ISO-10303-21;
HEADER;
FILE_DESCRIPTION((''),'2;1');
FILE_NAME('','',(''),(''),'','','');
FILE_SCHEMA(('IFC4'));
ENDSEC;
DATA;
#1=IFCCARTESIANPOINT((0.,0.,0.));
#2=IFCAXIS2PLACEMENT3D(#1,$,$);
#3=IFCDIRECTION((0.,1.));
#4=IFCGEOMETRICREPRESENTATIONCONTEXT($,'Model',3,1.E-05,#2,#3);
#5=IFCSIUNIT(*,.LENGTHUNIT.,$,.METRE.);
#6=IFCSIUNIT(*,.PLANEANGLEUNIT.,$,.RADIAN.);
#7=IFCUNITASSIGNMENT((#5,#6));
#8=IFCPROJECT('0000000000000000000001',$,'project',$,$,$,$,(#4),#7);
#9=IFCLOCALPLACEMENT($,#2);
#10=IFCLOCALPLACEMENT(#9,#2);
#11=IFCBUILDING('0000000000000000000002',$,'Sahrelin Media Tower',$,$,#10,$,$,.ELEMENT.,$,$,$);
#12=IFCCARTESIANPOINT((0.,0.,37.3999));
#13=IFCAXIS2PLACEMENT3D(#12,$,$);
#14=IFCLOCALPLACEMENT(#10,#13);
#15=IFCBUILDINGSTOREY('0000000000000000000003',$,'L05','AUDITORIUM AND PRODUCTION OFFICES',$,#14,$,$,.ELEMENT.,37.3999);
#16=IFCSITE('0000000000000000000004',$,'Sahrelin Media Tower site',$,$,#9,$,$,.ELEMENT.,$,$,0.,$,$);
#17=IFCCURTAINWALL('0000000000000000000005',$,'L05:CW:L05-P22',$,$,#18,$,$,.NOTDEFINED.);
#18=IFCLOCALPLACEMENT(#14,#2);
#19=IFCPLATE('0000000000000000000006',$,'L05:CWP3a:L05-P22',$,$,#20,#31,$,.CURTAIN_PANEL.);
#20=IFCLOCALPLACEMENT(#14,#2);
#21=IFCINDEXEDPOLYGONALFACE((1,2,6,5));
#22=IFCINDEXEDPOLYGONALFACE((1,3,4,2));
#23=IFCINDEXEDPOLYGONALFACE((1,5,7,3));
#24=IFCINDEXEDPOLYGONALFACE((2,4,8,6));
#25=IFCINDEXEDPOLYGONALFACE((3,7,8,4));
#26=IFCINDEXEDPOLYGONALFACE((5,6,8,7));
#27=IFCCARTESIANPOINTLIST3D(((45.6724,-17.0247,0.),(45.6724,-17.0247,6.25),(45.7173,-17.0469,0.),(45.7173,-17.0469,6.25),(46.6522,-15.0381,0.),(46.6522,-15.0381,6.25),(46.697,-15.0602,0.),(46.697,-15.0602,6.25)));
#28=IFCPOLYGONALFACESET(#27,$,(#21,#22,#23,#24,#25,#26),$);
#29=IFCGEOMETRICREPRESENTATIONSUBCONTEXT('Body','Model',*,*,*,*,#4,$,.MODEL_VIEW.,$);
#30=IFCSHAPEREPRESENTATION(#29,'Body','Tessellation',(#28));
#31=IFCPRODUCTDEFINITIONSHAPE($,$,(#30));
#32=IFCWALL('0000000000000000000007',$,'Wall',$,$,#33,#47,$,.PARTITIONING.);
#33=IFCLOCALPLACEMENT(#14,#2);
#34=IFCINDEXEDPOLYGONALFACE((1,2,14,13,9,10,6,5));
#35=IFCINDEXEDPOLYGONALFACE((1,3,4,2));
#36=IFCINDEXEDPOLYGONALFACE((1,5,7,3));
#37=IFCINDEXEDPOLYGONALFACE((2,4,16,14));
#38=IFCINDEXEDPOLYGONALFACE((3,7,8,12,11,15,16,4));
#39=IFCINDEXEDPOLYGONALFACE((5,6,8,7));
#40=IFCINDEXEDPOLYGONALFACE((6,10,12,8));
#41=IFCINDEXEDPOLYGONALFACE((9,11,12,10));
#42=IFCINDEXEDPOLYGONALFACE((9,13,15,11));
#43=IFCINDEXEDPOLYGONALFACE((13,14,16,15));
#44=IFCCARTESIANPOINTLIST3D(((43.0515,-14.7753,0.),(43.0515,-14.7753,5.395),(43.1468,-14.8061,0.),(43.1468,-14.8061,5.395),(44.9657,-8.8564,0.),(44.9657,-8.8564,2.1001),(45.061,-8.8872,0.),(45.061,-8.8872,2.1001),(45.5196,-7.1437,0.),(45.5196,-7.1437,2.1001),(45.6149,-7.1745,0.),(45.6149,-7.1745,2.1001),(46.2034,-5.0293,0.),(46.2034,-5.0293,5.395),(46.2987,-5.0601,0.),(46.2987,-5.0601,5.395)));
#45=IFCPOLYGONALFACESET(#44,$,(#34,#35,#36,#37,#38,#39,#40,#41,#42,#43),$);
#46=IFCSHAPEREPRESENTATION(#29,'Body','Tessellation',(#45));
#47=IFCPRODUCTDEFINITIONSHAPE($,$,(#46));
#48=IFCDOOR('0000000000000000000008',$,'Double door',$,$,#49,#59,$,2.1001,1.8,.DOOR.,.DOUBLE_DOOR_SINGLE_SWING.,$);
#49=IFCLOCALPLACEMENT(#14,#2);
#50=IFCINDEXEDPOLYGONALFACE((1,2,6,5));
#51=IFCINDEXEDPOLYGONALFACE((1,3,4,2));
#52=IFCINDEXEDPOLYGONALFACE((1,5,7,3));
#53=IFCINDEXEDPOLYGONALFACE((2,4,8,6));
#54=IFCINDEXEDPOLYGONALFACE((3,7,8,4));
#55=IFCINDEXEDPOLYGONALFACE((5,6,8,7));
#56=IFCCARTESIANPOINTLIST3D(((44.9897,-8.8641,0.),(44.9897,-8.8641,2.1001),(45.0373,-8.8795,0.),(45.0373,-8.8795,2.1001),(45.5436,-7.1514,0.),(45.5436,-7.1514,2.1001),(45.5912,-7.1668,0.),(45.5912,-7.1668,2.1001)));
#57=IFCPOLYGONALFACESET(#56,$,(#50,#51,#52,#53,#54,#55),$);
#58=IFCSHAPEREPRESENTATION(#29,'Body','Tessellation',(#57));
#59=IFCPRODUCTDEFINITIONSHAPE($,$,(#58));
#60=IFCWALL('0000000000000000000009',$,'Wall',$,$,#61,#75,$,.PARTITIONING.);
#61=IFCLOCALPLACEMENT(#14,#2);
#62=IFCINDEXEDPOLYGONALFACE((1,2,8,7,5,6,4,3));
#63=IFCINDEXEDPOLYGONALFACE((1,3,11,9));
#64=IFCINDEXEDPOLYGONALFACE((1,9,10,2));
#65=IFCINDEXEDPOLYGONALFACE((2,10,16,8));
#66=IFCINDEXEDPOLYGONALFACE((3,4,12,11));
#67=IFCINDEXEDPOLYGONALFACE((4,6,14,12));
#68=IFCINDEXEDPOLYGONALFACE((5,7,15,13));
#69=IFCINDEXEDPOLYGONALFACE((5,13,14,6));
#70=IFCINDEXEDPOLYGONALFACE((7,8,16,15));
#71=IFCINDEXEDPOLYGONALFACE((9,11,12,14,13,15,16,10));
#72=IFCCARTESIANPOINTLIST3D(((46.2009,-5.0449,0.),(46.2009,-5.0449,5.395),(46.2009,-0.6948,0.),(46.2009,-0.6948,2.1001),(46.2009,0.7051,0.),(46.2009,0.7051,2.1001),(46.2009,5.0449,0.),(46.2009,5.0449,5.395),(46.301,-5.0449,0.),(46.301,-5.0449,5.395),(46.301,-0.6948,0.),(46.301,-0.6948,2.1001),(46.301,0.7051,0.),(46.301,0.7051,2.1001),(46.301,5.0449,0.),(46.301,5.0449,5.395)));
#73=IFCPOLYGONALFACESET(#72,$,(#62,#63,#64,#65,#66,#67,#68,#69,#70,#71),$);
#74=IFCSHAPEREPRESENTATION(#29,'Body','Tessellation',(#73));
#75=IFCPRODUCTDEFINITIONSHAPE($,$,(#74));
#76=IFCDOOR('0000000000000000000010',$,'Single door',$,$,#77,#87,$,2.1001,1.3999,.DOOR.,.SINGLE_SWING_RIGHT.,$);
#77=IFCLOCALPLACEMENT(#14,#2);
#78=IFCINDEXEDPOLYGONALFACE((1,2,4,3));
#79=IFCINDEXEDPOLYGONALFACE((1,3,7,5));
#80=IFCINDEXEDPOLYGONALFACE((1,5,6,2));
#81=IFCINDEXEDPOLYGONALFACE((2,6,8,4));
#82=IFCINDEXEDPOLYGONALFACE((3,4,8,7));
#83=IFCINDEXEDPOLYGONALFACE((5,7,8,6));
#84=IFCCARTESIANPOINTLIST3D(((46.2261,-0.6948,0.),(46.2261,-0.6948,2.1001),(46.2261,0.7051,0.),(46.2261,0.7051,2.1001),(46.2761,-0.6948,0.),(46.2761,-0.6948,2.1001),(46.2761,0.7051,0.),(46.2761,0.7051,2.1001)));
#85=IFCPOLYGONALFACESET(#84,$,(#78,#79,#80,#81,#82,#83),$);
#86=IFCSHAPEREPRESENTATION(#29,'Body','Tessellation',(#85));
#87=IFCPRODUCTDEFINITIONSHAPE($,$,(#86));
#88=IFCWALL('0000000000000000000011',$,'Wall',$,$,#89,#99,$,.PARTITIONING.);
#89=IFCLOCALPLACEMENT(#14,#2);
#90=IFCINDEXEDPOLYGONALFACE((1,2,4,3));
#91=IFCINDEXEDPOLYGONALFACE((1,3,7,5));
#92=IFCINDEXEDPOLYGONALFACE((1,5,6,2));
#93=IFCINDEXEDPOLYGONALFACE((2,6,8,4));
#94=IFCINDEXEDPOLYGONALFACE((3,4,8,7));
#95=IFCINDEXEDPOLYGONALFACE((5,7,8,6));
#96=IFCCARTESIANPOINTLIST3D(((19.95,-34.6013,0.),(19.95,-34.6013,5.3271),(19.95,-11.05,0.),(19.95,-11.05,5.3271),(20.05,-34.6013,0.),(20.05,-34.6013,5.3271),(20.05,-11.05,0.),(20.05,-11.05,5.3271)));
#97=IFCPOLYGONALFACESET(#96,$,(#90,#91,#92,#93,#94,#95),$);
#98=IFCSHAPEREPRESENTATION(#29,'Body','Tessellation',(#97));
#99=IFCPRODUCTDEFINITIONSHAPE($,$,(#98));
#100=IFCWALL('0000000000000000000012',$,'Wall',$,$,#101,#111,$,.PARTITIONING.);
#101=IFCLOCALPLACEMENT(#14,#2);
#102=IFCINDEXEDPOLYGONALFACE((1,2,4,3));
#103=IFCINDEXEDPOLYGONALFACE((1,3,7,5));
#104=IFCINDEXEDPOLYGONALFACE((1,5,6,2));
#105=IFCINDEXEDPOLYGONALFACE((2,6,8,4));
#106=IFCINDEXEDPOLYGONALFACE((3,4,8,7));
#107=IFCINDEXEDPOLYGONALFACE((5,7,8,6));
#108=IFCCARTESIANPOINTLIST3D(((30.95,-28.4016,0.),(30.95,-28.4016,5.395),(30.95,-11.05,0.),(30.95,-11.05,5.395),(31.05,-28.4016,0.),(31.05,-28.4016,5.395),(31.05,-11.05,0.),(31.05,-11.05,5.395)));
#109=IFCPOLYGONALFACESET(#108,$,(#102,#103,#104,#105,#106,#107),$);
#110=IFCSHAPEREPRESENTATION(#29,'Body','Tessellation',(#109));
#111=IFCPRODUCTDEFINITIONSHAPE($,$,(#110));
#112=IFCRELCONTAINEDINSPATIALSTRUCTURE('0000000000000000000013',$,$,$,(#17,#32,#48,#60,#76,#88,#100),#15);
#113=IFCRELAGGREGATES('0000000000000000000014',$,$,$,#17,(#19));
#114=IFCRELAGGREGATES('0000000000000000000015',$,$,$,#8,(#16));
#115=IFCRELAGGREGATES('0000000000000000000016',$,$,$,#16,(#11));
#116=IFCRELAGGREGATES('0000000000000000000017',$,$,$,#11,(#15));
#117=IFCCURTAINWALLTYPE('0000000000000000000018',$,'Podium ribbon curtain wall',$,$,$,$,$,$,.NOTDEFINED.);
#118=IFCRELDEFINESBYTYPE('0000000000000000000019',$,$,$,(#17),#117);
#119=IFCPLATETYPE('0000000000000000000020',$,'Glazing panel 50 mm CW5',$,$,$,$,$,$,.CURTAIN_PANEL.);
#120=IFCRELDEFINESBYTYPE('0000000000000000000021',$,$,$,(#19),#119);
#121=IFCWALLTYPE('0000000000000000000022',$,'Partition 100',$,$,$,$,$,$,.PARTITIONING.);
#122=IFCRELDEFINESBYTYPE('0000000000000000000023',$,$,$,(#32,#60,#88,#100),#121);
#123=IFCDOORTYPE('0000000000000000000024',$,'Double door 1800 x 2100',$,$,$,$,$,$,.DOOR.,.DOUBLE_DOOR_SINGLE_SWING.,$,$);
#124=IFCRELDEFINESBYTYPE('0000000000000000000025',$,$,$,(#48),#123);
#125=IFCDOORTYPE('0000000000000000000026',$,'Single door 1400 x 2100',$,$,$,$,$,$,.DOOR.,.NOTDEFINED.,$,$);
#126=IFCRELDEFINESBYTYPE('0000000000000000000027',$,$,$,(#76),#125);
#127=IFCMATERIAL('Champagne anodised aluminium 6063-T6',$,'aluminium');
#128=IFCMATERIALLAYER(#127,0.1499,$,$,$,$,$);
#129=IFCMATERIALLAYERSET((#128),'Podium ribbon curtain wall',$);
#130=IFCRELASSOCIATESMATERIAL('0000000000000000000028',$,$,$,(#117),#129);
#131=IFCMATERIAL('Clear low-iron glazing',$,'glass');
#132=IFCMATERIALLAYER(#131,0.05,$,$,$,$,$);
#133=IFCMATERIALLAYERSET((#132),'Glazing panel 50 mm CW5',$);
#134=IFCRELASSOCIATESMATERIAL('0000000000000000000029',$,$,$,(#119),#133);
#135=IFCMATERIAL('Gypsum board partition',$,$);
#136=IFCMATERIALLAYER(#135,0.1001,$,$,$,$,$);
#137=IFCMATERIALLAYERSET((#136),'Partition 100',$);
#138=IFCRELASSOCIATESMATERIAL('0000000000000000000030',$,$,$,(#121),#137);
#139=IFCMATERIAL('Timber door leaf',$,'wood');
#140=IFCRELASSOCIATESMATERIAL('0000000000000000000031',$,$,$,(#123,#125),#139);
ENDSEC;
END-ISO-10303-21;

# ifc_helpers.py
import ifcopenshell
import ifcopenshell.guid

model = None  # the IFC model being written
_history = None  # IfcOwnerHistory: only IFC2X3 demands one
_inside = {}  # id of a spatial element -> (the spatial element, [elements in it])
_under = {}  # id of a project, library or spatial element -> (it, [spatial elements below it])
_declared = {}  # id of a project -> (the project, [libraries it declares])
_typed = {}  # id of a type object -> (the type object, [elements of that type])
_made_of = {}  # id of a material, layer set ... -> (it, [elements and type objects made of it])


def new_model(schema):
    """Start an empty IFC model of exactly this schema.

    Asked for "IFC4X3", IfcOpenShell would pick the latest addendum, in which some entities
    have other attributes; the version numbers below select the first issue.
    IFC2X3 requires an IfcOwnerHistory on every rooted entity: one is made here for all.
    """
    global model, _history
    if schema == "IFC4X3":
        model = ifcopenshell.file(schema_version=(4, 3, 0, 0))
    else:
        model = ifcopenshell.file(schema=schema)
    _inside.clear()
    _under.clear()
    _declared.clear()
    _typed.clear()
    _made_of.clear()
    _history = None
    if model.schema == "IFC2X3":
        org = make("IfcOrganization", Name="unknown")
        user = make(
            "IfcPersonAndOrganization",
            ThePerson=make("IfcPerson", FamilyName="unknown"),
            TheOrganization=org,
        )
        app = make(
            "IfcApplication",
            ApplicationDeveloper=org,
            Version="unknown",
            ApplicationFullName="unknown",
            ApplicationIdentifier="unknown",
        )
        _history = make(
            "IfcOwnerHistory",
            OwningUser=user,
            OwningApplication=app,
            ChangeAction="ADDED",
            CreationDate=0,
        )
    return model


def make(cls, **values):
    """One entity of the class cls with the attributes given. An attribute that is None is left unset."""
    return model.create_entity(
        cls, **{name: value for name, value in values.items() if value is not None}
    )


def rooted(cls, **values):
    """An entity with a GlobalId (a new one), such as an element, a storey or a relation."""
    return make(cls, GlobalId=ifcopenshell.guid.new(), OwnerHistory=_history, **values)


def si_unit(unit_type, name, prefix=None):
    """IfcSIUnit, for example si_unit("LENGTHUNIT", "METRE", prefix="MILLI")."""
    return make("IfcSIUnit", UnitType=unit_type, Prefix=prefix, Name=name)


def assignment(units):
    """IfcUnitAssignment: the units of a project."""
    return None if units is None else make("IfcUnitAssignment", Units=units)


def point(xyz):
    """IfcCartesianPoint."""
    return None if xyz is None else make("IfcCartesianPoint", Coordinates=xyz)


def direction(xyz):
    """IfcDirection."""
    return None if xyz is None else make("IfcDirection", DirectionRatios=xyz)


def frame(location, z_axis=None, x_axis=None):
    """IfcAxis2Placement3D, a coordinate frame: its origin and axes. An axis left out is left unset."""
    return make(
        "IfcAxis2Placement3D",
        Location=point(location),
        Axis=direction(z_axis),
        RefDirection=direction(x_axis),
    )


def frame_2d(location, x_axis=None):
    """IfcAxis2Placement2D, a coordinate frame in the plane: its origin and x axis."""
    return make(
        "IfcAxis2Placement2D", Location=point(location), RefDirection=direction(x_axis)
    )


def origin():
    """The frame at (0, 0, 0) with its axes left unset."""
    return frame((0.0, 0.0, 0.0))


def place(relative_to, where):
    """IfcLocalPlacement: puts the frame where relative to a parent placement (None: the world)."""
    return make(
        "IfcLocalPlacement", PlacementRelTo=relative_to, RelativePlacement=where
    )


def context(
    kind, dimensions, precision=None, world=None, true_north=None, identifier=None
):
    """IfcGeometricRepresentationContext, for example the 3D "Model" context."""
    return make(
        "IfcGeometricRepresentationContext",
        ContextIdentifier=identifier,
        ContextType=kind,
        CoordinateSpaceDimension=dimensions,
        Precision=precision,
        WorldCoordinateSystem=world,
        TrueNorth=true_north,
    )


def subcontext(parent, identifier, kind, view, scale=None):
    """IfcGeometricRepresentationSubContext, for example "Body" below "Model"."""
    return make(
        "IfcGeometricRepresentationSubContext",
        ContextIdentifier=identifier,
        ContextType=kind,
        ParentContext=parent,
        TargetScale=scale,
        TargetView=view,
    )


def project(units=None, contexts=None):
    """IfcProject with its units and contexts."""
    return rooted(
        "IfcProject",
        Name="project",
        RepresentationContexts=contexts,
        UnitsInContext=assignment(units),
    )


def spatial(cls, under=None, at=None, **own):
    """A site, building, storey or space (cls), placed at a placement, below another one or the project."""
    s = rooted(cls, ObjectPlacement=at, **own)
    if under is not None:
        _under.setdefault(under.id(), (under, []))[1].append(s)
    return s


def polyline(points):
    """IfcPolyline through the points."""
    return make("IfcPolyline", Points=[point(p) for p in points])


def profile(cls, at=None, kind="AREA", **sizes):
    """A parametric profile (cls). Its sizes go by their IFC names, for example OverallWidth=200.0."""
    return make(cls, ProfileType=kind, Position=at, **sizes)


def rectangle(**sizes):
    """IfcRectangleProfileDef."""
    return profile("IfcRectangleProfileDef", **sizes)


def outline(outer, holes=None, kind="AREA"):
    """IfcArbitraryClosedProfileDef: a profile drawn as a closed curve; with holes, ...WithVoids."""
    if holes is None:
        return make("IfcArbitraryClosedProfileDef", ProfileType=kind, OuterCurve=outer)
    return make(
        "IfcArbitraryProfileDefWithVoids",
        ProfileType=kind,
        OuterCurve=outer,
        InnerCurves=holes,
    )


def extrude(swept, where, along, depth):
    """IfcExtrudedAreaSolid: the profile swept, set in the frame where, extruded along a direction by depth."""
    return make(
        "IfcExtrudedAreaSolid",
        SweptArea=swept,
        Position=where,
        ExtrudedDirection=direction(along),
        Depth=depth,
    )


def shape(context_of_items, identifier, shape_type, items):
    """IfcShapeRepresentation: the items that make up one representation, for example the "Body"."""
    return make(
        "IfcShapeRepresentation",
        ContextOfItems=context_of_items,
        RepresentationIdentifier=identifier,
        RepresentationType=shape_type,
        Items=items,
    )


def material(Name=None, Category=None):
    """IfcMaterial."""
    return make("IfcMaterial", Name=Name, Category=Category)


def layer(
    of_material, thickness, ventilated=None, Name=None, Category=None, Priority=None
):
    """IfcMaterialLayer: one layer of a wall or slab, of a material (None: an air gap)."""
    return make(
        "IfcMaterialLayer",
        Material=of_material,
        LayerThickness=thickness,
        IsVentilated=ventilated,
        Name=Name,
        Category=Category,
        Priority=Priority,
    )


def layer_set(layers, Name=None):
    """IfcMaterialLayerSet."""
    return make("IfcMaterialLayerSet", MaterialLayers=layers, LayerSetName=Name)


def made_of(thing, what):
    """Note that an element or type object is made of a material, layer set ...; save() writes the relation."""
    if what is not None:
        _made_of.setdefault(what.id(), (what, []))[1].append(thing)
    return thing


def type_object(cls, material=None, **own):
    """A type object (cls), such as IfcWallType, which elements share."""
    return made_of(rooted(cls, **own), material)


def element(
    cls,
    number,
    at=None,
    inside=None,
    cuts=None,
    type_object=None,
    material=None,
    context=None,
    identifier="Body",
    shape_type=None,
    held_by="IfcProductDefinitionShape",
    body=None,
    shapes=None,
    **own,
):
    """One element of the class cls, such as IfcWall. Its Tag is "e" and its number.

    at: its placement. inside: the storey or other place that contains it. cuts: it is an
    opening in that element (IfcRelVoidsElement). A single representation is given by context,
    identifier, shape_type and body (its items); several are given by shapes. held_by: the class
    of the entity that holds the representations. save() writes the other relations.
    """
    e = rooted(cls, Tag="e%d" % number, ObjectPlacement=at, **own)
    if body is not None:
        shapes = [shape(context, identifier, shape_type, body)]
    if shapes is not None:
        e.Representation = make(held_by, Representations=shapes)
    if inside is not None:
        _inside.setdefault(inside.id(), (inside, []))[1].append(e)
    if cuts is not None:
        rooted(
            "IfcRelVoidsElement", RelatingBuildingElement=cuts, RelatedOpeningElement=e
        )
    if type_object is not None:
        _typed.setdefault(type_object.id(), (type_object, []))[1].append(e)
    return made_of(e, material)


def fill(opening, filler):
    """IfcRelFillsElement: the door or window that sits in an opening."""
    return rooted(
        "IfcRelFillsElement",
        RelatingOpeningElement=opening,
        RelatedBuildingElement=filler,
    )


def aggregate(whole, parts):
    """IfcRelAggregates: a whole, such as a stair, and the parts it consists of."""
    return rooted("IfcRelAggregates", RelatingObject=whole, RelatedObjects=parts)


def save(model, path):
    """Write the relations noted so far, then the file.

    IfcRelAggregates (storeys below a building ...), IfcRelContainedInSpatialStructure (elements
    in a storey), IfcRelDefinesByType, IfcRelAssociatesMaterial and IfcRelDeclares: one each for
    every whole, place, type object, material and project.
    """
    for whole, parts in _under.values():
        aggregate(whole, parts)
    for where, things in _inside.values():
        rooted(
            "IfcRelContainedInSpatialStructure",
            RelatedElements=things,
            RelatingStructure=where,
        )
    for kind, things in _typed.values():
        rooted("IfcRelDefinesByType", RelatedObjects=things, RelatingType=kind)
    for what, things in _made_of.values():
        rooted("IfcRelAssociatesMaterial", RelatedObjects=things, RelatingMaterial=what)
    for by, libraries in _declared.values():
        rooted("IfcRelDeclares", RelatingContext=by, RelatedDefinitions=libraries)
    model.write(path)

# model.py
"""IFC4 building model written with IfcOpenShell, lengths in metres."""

from ifc_helpers import new_model, si_unit, direction, frame, frame_2d, origin, place, context, subcontext, project, spatial, polyline, rectangle, outline, extrude, material, layer, layer_set, type_object, element, fill, aggregate, save


model = new_model("IFC4")

# Units and contexts
model_context = context("Model", 3, precision=1e-05, world=origin(), true_north=direction((0.0, 1.0)))
body_context = subcontext(model_context, "Body", "Model", "MODEL_VIEW")
ifc_project = project(units=[si_unit("LENGTHUNIT", "METRE"), si_unit("PLANEANGLEUNIT", "RADIAN")], contexts=[model_context])

# Site, building, storey
site_placement = place(None, origin())
site = spatial("IfcSite", under=ifc_project, at=site_placement, Name="Sahrelin Media Tower site", CompositionType="ELEMENT", RefElevation=0.0)
building_placement = place(site_placement, origin())
building = spatial("IfcBuilding", under=site, at=building_placement, Name="Sahrelin Media Tower", CompositionType="ELEMENT")
storey_placement = place(building_placement, frame((0.0, 0.0, 37.3999)))
storey = spatial("IfcBuildingStorey", under=building, at=storey_placement, Name="L05", Description="AUDITORIUM AND PRODUCTION OFFICES", CompositionType="ELEMENT", Elevation=37.3999)

# Curtain wall
ifc_material_1 = material(Name="Champagne anodised aluminium 6063-T6", Category="aluminium")
ifc_layer_1 = layer(ifc_material_1, 0.1499)
ifc_layer_set_1 = layer_set([ifc_layer_1], Name="Podium ribbon curtain wall")
curtain_wall_type = type_object("IfcCurtainWallType", Name="Podium ribbon curtain wall", PredefinedType="NOTDEFINED", material=ifc_layer_set_1)
curtain_wall_placement = place(storey_placement, frame((43.3013, -21.0, 0.0), z_axis=(0.0, 0.0, 1.0), x_axis=(1.0, 0.0, 0.0)))
curtain_wall = element("IfcCurtainWall", 1, at=curtain_wall_placement, inside=storey, type_object=curtain_wall_type, Name="L05:CW:L05-P22", PredefinedType="NOTDEFINED")

# Plate
ifc_material_2 = material(Name="Clear low-iron glazing", Category="glass")
ifc_layer_2 = layer(ifc_material_2, 0.05)
ifc_layer_set_2 = layer_set([ifc_layer_2], Name="Glazing panel 50 mm CW5")
plate_type = type_object("IfcPlateType", Name="Glazing panel 50 mm CW5", PredefinedType="CURTAIN_PANEL", material=ifc_layer_set_2)
plate_1_placement = place(storey_placement, frame((45.7173, -17.0469, 0.0), z_axis=(0.896861, -0.442313, 0.0), x_axis=(0.442313, 0.896861, 0.0)))
plate_1 = element("IfcPlate", 2, at=plate_1_placement, type_object=plate_type, Name="L05:CWP3a:L05-P22", PredefinedType="CURTAIN_PANEL", context=body_context, shape_type="SweptSolid", body=[
    extrude(outline(polyline([(0.0, 0.0), (2.2151, 0.0), (2.2151, 6.25), (0.0, 6.25), (0.0, 0.0)])), origin(), (0.0, 0.0, -1.0), 0.05),
])
aggregate(curtain_wall, [plate_1])

# Walls, openings, doors
ifc_material_3 = material(Name="Gypsum board partition")
ifc_layer_3 = layer(ifc_material_3, 0.1001)
ifc_layer_set_3 = layer_set([ifc_layer_3], Name="Partition 100")
wall_type = type_object("IfcWallType", Name="Partition 100", PredefinedType="PARTITIONING", material=ifc_layer_set_3)
wall_1_placement = place(storey_placement, frame((43.0991, -14.7908, 0.0), z_axis=(0.0, 0.0, 1.0), x_axis=(0.307713, 0.951479, 0.0)))
wall_1 = element("IfcWall", 3, at=wall_1_placement, inside=storey, type_object=wall_type, Name="Wall", PredefinedType="PARTITIONING", context=body_context, shape_type="SweptSolid", body=[
    extrude(rectangle(XDim=10.2429, YDim=0.1001, at=frame_2d((5.1216, 0.0))), origin(), (0.0, 0.0, 1.0), 5.395),
])
opening_1_placement = place(wall_1_placement, frame((6.2209, 0.0, 0.0)))
opening_1 = element("IfcOpeningElement", 4, at=opening_1_placement, cuts=wall_1, PredefinedType="OPENING", context=body_context, shape_type="SweptSolid", body=[
    extrude(rectangle(XDim=1.8, YDim=2.1001, at=frame_2d((0.8999, 1.05))), frame((0.0, 0.05, 0.0), z_axis=(0.0, -1.0, 0.0), x_axis=(1.0, 0.0, 0.0)), (0.0, 0.0, 1.0), 0.1001),
])
ifc_material_4 = material(Name="Timber door leaf", Category="wood")
door_type_1 = type_object("IfcDoorType", Name="Double door 1800 x 2100", OperationType="DOUBLE_DOOR_SINGLE_SWING", PredefinedType="DOOR", material=ifc_material_4)
door_1_placement = place(opening_1_placement, origin())
door_1 = element("IfcDoor", 5, at=door_1_placement, inside=storey, type_object=door_type_1, Name="Double door", OperationType="DOUBLE_DOOR_SINGLE_SWING", OverallHeight=2.1001, OverallWidth=1.8, PredefinedType="DOOR", context=body_context, shape_type="SweptSolid", body=[
    extrude(rectangle(XDim=1.8, YDim=2.1001, at=frame_2d((0.8999, 1.05))), frame((0.0, 0.0249, 0.0), z_axis=(0.0, -1.0, 0.0), x_axis=(1.0, 0.0, 0.0)), (0.0, 0.0, 1.0), 0.05),
])
fill(opening_1, door_1)
wall_2_placement = place(storey_placement, frame((46.251, -5.0449, 0.0), z_axis=(0.0, 0.0, 1.0), x_axis=(0.0, 1.0, 0.0)))
wall_2 = element("IfcWall", 6, at=wall_2_placement, inside=storey, type_object=wall_type, Name="Wall", PredefinedType="PARTITIONING", context=body_context, shape_type="SweptSolid", body=[
    extrude(rectangle(XDim=10.0898, YDim=0.1001, at=frame_2d((5.0449, 0.0))), origin(), (0.0, 0.0, 1.0), 5.395),
])
opening_2_placement = place(wall_2_placement, frame((4.3501, 0.0, 0.0)))
opening_2 = element("IfcOpeningElement", 7, at=opening_2_placement, cuts=wall_2, PredefinedType="OPENING", context=body_context, shape_type="SweptSolid", body=[
    extrude(rectangle(XDim=1.3999, YDim=2.1001, at=frame_2d((0.7, 1.05))), frame((0.0, 0.05, 0.0), z_axis=(0.0, -1.0, 0.0), x_axis=(1.0, 0.0, 0.0)), (0.0, 0.0, 1.0), 0.1001),
])
door_type_2 = type_object("IfcDoorType", Name="Single door 1400 x 2100", OperationType="NOTDEFINED", PredefinedType="DOOR", material=ifc_material_4)
door_2_placement = place(opening_2_placement, origin())
door_2 = element("IfcDoor", 8, at=door_2_placement, inside=storey, type_object=door_type_2, Name="Single door", OperationType="SINGLE_SWING_RIGHT", OverallHeight=2.1001, OverallWidth=1.3999, PredefinedType="DOOR", context=body_context, shape_type="SweptSolid", body=[
    extrude(rectangle(XDim=1.3999, YDim=2.1001, at=frame_2d((0.7, 1.05))), frame((0.0, 0.0249, 0.0), z_axis=(0.0, -1.0, 0.0), x_axis=(1.0, 0.0, 0.0)), (0.0, 0.0, 1.0), 0.05),
])
fill(opening_2, door_2)

# Walls
wall_3_placement = place(storey_placement, frame((20.0, -11.05, 0.0), z_axis=(0.0, 0.0, 1.0), x_axis=(0.0, -1.0, 0.0)))
element("IfcWall", 9, at=wall_3_placement, inside=storey, type_object=wall_type, Name="Wall", PredefinedType="PARTITIONING", context=body_context, shape_type="SweptSolid", body=[
    extrude(rectangle(XDim=23.5513, YDim=0.1001, at=frame_2d((11.7756, 0.0))), origin(), (0.0, 0.0, 1.0), 5.3271),
])
wall_4_placement = place(storey_placement, frame((31.0, -11.05, 0.0), z_axis=(0.0, 0.0, 1.0), x_axis=(0.0, -1.0, 0.0)))
element("IfcWall", 10, at=wall_4_placement, inside=storey, type_object=wall_type, Name="Wall", PredefinedType="PARTITIONING", context=body_context, shape_type="SweptSolid", body=[
    extrude(rectangle(XDim=17.3516, YDim=0.1001, at=frame_2d((8.6758, 0.0))), origin(), (0.0, 0.0, 1.0), 5.395),
])

save(model, "model.ifc")
